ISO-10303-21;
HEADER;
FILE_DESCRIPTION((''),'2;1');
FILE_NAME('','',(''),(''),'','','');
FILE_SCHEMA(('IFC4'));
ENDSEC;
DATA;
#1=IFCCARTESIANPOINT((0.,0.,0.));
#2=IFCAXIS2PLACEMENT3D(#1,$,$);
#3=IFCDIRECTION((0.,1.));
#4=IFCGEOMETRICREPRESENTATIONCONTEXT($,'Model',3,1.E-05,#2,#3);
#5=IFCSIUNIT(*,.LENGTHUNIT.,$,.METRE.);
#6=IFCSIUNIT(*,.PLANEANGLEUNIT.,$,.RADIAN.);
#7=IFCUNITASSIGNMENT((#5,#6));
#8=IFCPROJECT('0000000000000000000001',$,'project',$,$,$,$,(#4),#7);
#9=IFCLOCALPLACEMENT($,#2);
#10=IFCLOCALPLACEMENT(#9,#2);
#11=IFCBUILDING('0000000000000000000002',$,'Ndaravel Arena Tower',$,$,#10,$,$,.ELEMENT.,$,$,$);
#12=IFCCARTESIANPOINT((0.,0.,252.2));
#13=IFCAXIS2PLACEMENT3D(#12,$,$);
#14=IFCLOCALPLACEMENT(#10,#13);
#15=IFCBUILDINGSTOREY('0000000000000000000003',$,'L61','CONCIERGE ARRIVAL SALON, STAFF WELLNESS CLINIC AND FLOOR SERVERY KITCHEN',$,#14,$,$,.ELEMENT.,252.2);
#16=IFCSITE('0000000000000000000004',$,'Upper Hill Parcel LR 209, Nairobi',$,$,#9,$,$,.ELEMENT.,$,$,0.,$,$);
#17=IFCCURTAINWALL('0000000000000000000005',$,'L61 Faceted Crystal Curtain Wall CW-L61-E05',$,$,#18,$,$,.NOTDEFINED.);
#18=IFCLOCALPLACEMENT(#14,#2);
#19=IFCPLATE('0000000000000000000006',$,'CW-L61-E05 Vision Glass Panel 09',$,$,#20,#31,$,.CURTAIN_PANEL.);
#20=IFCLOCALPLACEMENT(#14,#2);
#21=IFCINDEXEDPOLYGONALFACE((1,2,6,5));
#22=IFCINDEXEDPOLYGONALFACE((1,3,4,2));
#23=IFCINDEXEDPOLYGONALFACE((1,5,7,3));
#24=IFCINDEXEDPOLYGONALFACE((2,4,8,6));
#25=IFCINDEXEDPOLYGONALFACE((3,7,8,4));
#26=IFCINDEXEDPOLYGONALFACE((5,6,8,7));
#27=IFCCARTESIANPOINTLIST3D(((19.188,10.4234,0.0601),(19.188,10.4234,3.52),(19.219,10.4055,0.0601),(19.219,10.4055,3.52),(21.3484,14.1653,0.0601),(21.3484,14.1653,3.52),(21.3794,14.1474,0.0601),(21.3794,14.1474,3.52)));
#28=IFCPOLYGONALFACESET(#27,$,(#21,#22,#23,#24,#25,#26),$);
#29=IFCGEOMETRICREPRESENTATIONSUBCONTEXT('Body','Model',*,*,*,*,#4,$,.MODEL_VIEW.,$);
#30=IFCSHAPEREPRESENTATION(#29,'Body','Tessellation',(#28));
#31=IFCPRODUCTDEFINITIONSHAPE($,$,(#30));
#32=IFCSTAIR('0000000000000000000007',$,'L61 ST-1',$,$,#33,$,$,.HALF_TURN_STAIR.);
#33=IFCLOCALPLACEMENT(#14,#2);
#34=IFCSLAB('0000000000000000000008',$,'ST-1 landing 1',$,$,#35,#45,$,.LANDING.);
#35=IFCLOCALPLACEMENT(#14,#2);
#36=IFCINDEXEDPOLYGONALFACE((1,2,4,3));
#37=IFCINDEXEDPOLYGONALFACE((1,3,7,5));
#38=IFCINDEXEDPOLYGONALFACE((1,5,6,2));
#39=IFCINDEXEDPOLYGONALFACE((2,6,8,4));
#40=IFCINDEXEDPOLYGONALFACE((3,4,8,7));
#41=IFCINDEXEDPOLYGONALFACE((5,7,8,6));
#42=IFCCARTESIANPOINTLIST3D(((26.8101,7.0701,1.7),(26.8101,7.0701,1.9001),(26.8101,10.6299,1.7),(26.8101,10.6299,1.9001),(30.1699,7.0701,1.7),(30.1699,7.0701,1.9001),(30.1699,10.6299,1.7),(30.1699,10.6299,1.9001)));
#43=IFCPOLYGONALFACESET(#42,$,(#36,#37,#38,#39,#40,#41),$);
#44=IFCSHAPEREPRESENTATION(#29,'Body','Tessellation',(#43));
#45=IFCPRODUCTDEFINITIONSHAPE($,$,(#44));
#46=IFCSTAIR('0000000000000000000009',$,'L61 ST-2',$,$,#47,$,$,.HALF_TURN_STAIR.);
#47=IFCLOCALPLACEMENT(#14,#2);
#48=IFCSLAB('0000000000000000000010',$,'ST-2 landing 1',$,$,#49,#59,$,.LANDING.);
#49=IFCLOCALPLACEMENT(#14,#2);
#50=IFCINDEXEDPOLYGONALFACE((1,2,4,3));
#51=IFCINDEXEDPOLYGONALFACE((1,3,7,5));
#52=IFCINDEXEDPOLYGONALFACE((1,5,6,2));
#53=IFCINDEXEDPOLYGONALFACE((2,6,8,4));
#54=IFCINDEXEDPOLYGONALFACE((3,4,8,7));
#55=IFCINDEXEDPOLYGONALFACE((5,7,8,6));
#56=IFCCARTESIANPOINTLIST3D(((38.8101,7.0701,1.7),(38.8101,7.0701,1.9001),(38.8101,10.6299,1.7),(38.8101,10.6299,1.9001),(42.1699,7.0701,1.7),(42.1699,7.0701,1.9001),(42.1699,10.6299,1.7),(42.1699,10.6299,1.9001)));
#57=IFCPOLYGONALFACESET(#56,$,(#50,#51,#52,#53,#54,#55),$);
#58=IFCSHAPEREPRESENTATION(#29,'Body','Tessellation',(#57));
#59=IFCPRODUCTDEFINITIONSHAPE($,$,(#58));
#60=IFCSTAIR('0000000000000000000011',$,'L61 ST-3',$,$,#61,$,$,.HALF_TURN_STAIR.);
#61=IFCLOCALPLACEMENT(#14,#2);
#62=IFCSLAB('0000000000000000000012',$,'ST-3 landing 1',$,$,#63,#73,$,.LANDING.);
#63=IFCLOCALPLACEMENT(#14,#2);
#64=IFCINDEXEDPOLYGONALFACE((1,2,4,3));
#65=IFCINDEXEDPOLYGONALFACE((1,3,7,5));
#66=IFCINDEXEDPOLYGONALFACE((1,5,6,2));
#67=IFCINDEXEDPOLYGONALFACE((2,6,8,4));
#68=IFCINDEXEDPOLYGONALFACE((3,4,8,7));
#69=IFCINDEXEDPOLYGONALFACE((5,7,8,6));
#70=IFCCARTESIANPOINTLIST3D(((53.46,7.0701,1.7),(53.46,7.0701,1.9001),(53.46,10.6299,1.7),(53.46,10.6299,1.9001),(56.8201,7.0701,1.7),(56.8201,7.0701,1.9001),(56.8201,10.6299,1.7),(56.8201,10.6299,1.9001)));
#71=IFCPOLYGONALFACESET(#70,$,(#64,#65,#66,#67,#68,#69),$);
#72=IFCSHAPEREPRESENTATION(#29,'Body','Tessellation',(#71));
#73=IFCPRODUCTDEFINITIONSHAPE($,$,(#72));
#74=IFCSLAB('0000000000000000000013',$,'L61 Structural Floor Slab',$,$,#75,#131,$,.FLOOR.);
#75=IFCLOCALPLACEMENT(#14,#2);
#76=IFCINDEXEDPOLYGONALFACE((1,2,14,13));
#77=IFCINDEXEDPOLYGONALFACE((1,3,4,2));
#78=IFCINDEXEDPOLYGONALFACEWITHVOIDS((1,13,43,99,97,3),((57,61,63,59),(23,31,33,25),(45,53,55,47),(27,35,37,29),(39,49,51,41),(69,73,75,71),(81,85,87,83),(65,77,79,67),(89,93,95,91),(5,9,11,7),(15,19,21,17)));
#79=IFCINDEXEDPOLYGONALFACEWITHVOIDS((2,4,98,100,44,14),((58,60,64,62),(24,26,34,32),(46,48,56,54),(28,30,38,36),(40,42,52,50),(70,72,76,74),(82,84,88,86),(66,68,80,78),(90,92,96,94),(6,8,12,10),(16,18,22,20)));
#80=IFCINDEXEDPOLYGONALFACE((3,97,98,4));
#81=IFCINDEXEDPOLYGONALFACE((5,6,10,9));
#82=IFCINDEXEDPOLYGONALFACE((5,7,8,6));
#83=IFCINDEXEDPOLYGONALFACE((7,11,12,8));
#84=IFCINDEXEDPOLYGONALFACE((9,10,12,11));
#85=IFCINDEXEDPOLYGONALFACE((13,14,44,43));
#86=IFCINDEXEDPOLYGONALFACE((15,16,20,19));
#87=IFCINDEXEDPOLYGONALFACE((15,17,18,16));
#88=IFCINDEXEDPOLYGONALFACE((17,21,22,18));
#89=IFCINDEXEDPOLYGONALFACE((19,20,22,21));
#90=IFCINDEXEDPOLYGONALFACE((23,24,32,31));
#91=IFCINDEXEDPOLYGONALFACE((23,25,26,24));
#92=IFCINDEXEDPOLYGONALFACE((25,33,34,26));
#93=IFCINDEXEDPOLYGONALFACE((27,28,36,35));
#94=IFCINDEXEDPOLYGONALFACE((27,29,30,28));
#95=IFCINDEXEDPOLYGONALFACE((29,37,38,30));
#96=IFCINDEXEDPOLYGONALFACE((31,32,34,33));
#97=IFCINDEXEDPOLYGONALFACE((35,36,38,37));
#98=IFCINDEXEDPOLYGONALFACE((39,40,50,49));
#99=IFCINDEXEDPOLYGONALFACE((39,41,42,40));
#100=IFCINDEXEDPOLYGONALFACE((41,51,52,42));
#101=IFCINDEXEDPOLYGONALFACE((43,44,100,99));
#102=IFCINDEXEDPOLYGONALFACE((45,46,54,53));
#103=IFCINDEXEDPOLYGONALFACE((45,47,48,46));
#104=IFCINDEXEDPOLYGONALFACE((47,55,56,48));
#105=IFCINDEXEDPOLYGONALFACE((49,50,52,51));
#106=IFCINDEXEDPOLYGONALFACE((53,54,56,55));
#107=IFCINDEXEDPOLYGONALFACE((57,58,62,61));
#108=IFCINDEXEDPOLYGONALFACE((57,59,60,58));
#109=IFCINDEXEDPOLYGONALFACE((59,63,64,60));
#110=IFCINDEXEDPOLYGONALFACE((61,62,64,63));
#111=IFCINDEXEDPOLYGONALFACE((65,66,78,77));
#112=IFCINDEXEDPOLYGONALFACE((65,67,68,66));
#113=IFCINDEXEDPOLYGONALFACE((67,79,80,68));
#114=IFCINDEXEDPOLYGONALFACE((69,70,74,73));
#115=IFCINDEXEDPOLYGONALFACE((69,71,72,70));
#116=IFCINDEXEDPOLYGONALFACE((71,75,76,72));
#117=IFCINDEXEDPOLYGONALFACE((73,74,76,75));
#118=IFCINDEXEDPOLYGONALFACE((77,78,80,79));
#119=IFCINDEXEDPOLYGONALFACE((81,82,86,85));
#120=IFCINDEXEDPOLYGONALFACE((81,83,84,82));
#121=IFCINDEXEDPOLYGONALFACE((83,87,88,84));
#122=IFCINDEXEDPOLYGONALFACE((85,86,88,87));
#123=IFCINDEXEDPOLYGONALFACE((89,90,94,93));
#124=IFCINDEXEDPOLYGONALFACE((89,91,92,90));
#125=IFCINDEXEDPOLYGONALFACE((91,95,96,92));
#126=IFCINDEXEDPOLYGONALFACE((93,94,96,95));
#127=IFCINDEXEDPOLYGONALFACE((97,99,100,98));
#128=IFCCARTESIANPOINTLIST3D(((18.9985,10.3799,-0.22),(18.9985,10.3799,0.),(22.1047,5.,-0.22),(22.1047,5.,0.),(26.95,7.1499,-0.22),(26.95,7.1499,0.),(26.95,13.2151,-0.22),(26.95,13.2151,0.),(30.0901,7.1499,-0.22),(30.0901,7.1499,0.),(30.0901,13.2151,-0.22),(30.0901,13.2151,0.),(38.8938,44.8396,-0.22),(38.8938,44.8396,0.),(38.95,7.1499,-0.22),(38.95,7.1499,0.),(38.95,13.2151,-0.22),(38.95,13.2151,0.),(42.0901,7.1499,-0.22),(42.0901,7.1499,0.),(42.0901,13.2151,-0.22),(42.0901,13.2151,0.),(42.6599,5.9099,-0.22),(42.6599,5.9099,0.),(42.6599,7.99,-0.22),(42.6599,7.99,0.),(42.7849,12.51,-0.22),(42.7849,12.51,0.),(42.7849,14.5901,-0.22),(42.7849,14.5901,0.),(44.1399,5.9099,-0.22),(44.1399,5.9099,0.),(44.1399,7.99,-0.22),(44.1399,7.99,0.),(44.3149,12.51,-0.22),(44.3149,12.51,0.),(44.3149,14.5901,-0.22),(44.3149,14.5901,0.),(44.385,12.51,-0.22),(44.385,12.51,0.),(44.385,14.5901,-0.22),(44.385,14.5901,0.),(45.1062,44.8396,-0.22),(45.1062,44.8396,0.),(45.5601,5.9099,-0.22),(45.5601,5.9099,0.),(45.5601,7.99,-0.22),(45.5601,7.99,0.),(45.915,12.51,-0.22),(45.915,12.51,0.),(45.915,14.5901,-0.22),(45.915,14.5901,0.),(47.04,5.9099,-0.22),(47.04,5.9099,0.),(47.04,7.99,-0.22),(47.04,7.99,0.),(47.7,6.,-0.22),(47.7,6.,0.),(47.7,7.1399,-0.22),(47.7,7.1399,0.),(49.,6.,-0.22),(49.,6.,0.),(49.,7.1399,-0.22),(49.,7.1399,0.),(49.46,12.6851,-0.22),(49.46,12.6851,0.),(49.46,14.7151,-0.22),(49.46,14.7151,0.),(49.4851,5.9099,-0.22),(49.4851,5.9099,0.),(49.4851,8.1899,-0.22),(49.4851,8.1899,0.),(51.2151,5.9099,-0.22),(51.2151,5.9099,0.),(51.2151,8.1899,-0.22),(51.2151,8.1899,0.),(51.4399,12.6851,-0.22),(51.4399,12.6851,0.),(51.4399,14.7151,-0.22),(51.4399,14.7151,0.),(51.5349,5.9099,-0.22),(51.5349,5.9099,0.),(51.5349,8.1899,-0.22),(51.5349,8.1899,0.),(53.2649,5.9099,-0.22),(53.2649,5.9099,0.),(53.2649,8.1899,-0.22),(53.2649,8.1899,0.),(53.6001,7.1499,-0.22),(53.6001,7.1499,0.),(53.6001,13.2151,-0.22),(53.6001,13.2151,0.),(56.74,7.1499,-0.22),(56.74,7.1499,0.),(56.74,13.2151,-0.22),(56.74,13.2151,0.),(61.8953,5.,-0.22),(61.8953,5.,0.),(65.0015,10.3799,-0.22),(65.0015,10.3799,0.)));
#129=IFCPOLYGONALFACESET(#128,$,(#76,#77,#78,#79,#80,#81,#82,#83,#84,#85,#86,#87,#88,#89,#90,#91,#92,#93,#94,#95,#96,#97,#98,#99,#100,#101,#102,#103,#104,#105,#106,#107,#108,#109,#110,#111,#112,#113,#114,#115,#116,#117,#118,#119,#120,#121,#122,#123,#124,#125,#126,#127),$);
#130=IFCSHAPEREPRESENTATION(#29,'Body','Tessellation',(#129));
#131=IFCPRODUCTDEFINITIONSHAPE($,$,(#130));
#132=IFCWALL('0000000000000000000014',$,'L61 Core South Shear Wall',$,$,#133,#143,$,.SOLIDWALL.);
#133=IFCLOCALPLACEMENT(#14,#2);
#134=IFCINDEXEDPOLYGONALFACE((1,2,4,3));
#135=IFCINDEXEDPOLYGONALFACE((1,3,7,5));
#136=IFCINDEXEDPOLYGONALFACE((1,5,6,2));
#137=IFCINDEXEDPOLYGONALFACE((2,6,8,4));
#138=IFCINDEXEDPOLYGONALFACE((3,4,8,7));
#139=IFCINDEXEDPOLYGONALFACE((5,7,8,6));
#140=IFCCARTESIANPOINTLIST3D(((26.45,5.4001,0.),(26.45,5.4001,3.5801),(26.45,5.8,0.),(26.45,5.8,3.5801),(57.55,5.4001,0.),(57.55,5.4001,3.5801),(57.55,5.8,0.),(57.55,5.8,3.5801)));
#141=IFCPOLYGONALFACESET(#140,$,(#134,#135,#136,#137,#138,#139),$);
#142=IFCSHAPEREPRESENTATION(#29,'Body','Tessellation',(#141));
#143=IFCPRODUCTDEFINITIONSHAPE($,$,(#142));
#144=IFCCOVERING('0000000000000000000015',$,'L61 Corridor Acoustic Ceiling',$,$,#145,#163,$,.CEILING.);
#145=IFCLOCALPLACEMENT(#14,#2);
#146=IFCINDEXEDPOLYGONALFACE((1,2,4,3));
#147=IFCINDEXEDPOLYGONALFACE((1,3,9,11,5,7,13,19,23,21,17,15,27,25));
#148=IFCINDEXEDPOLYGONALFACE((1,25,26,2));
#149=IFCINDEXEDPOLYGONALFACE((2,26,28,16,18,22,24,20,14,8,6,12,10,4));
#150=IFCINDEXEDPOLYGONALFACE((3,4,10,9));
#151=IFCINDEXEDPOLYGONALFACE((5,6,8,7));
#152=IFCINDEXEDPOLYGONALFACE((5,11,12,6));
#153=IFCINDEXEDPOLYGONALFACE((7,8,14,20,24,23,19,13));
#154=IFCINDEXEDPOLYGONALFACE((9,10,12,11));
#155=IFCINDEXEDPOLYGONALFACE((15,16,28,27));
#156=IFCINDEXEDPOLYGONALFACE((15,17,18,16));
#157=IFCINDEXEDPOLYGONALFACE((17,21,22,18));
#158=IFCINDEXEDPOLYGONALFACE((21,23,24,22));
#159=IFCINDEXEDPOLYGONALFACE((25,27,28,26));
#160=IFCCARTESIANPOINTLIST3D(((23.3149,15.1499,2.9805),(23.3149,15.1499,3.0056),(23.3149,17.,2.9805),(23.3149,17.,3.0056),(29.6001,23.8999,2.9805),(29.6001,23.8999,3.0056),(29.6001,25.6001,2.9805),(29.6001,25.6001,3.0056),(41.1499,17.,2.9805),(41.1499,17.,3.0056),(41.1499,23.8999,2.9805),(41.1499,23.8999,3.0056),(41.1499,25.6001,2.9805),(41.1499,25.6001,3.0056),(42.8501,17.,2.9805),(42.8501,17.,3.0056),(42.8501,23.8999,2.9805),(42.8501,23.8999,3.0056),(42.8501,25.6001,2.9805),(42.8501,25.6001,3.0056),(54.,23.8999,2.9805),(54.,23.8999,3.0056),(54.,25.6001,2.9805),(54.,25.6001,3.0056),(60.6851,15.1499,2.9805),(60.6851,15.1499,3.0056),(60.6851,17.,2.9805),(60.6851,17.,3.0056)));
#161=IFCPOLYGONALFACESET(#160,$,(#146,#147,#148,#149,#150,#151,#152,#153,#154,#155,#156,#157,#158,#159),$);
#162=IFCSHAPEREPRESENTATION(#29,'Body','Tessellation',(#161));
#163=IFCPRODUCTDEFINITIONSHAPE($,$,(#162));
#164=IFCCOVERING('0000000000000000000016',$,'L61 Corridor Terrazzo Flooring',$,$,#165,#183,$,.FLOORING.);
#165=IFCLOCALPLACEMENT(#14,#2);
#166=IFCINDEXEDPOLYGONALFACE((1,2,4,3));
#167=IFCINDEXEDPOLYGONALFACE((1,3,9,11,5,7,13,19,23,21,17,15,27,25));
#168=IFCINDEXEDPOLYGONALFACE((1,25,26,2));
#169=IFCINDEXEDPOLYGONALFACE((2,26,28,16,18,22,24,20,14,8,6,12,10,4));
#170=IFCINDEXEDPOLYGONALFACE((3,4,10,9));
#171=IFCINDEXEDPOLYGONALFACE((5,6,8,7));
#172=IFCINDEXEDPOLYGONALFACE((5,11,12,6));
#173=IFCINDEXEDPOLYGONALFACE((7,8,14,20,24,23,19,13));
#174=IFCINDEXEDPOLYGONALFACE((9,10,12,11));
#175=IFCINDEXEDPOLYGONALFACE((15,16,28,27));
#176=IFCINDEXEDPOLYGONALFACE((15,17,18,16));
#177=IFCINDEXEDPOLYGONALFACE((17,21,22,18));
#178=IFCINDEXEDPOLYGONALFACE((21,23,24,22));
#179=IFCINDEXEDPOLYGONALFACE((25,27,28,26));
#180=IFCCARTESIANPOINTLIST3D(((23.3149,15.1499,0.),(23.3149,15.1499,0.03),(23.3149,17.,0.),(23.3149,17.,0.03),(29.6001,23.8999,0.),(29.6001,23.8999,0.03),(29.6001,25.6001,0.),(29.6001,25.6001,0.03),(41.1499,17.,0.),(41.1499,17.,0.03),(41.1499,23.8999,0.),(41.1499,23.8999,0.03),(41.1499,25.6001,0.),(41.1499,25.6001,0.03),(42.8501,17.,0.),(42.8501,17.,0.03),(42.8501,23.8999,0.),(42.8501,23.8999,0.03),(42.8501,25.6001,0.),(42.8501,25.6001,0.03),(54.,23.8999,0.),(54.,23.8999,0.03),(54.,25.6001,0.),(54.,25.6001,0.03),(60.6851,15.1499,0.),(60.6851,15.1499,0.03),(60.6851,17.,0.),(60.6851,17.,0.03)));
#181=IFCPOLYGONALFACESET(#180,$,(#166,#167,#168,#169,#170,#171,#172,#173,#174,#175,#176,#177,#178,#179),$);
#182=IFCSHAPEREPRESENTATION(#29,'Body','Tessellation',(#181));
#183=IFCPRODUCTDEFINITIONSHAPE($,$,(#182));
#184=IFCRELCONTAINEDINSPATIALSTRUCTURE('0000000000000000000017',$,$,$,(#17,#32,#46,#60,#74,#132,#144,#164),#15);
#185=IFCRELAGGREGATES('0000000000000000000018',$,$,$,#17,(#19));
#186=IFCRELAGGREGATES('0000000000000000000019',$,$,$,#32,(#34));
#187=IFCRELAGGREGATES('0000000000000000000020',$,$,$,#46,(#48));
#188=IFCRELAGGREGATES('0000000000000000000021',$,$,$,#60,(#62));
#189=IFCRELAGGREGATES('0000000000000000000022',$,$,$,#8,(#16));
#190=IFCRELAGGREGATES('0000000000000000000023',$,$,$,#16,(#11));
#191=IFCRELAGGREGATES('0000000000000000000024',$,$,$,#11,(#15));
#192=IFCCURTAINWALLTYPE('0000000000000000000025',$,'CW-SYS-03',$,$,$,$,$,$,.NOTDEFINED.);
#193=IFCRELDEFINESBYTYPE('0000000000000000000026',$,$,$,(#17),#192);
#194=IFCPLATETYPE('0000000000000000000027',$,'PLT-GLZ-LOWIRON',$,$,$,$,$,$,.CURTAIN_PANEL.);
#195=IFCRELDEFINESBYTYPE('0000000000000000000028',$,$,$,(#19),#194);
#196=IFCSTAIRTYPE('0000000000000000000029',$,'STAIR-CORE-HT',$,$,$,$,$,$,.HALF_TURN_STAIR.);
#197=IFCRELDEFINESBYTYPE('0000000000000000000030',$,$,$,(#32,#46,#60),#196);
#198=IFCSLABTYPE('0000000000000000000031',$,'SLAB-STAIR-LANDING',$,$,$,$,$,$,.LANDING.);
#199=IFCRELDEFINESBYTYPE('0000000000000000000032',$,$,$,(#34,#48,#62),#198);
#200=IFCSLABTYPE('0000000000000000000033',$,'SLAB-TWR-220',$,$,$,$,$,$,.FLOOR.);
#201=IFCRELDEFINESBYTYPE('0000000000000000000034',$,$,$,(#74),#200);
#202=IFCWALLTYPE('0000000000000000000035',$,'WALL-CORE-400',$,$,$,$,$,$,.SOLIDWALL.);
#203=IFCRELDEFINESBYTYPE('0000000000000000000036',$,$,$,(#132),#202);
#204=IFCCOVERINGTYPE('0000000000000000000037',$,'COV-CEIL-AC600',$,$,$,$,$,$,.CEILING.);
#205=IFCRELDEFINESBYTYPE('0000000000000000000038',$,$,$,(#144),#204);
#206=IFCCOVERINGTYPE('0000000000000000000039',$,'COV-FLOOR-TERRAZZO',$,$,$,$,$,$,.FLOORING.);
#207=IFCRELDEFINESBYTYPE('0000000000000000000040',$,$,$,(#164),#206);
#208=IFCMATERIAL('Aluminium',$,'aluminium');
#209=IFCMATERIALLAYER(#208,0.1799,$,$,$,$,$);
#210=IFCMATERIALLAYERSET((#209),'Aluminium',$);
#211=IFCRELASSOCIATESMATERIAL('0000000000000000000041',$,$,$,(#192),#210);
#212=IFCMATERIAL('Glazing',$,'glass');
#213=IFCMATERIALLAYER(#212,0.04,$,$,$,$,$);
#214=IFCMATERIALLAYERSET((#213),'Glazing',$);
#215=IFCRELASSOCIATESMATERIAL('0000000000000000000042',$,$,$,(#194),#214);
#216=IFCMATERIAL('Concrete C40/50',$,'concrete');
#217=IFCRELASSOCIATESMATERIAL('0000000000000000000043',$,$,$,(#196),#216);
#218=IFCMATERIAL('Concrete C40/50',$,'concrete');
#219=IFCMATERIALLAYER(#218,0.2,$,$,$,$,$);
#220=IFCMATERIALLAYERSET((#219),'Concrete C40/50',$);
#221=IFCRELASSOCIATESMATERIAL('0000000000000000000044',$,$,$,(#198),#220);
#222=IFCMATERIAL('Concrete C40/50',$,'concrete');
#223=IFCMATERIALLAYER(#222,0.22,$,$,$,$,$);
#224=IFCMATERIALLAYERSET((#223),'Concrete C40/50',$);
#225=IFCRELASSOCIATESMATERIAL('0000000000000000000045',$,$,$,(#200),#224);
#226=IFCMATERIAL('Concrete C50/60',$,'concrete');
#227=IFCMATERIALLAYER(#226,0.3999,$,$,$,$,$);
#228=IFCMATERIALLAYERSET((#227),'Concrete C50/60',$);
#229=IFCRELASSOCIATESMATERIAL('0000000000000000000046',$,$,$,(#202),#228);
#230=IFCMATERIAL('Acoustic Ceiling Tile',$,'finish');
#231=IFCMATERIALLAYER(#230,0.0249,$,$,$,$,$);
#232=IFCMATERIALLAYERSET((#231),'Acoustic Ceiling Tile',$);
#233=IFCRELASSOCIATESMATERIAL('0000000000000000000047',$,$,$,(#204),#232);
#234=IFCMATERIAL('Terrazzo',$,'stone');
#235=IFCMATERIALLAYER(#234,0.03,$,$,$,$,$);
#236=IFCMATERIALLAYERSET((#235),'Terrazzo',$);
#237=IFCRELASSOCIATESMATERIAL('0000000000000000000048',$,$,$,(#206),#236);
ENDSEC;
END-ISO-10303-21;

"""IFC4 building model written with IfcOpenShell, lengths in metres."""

from ifc_helpers import new_model, si_unit, direction, frame, frame_2d, origin, origin_2d, place, context, subcontext, project, spatial, polyline, rectangle, outline, extrude, material, layer, layer_set, type_object, element, aggregate, save


model = new_model("IFC4")

# Units and contexts
model_context = context("Model", 3, precision=1e-05, world=origin(), true_north=direction((0.0, 1.0)))
body_context = subcontext(model_context, "Body", "Model", "MODEL_VIEW")
ifc_project = project(units=[si_unit("LENGTHUNIT", "METRE"), si_unit("PLANEANGLEUNIT", "RADIAN")], contexts=[model_context])

# Site, building, storey
site_placement = place(None, origin())
site = spatial("IfcSite", under=ifc_project, at=site_placement, Name="Upper Hill Parcel LR 209, Nairobi", CompositionType="ELEMENT", RefElevation=0.0)
building_placement = place(site_placement, origin())
building = spatial("IfcBuilding", under=site, at=building_placement, Name="Ndaravel Arena Tower", CompositionType="ELEMENT")
storey_placement = place(building_placement, frame((0.0, 0.0, 252.2)))
storey = spatial("IfcBuildingStorey", under=building, at=storey_placement, Name="L61", Description="CONCIERGE ARRIVAL SALON, STAFF WELLNESS CLINIC AND FLOOR SERVERY KITCHEN", CompositionType="ELEMENT", Elevation=252.2)

# Shared definitions
ifc_material_1 = material(Name="Aluminium", Category="aluminium")
ifc_layer_1 = layer(ifc_material_1, 0.1799)
ifc_layer_set_1 = layer_set([ifc_layer_1], Name="Aluminium")
curtain_wall_type_1 = type_object("IfcCurtainWallType", Name="CW-SYS-03", PredefinedType="NOTDEFINED", material=ifc_layer_set_1)

# Shared definitions
ifc_material_2 = material(Name="Glazing", Category="glass")
ifc_layer_2 = layer(ifc_material_2, 0.04)
ifc_layer_set_2 = layer_set([ifc_layer_2], Name="Glazing")
plate_type_1 = type_object("IfcPlateType", Name="PLT-GLZ-LOWIRON", PredefinedType="CURTAIN_PANEL", material=ifc_layer_set_2)

# Curtain wall, plate
curtain_wall_1_placement = place(storey_placement, origin())
curtain_wall_1 = element("IfcCurtainWall", 1, at=curtain_wall_1_placement, inside=storey, type_object=curtain_wall_type_1, Name="L61 Faceted Crystal Curtain Wall CW-L61-E05", PredefinedType="NOTDEFINED")
plate_1_placement = place(storey_placement, frame((20.2837, 12.2854, 0.0601), z_axis=(0.0, 0.0, 1.0), x_axis=(-0.5, -0.866025, 0.0)))
plate_1 = element("IfcPlate", 2, at=plate_1_placement, type_object=plate_type_1, Name="CW-L61-E05 Vision Glass Panel 09", PredefinedType="CURTAIN_PANEL", context=body_context, shape_type="SweptSolid", body=[
    extrude(rectangle(XDim=4.3208, YDim=0.0359, at=origin_2d()), origin(), (0.0, 0.0, 1.0), 3.46),
])
aggregate(curtain_wall_1, [plate_1])

# Stairs, slabs
ifc_material_3 = material(Name="Concrete C40/50", Category="concrete")
stair_type = type_object("IfcStairType", Name="STAIR-CORE-HT", PredefinedType="HALF_TURN_STAIR", material=ifc_material_3)
stair_1_placement = place(storey_placement, origin())
stair_1 = element("IfcStair", 3, at=stair_1_placement, inside=storey, type_object=stair_type, Name="L61 ST-1", PredefinedType="HALF_TURN_STAIR")
ifc_material_4 = material(Name="Concrete C40/50", Category="concrete")
ifc_layer_3 = layer(ifc_material_4, 0.2)
ifc_layer_set_3 = layer_set([ifc_layer_3], Name="Concrete C40/50")
slab_type_1 = type_object("IfcSlabType", Name="SLAB-STAIR-LANDING", PredefinedType="LANDING", material=ifc_layer_set_3)
slab_1_placement = place(storey_placement, frame((0.0, 0.0, 1.7)))
slab_1 = element("IfcSlab", 4, at=slab_1_placement, type_object=slab_type_1, Name="ST-1 landing 1", PredefinedType="LANDING", context=body_context, shape_type="SweptSolid", body=[
    extrude(outline(polyline([(26.8101, 10.6299), (26.8101, 7.0701), (30.1699, 7.0701), (30.1699, 10.6299), (26.8101, 10.6299)])), origin(), (0.0, 0.0, 1.0), 0.2002),
])
aggregate(stair_1, [slab_1])
stair_2_placement = place(storey_placement, origin())
stair_2 = element("IfcStair", 5, at=stair_2_placement, inside=storey, type_object=stair_type, Name="L61 ST-2", PredefinedType="HALF_TURN_STAIR")
slab_2_placement = place(storey_placement, frame((0.0, 0.0, 1.7)))
slab_2 = element("IfcSlab", 6, at=slab_2_placement, type_object=slab_type_1, Name="ST-2 landing 1", PredefinedType="LANDING", context=body_context, shape_type="SweptSolid", body=[
    extrude(outline(polyline([(38.8101, 10.6299), (38.8101, 7.0701), (42.1699, 7.0701), (42.1699, 10.6299), (38.8101, 10.6299)])), origin(), (0.0, 0.0, 1.0), 0.2002),
])
aggregate(stair_2, [slab_2])
stair_3_placement = place(storey_placement, origin())
stair_3 = element("IfcStair", 7, at=stair_3_placement, inside=storey, type_object=stair_type, Name="L61 ST-3", PredefinedType="HALF_TURN_STAIR")
slab_3_placement = place(storey_placement, frame((0.0, 0.0, 1.7)))
slab_3 = element("IfcSlab", 8, at=slab_3_placement, type_object=slab_type_1, Name="ST-3 landing 1", PredefinedType="LANDING", context=body_context, shape_type="SweptSolid", body=[
    extrude(outline(polyline([(53.46, 10.6299), (53.46, 7.0701), (56.8201, 7.0701), (56.8201, 10.6299), (53.46, 10.6299)])), origin(), (0.0, 0.0, 1.0), 0.2002),
])
aggregate(stair_3, [slab_3])

# Slab
ifc_material_5 = material(Name="Concrete C40/50", Category="concrete")
ifc_layer_4 = layer(ifc_material_5, 0.22)
ifc_layer_set_4 = layer_set([ifc_layer_4], Name="Concrete C40/50")
slab_type_2 = type_object("IfcSlabType", Name="SLAB-TWR-220", PredefinedType="FLOOR", material=ifc_layer_set_4)
slab_4_placement = place(storey_placement, frame((0.0, 0.0, -0.22)))
element("IfcSlab", 9, at=slab_4_placement, inside=storey, type_object=slab_type_2, Name="L61 Structural Floor Slab", PredefinedType="FLOOR", context=body_context, shape_type="SweptSolid", body=[
    extrude(outline(polyline([(18.9985, 10.3799), (22.1047, 5.0), (61.8953, 5.0), (65.0015, 10.3799), (45.1062, 44.8396), (38.8938, 44.8396), (18.9985, 10.3799)]), holes=[polyline([(26.95, 13.2151), (26.95, 7.1499), (30.0901, 7.1499), (30.0901, 13.2151), (26.95, 13.2151)]), polyline([(38.95, 13.2151), (38.95, 7.1499), (42.0901, 7.1499), (42.0901, 13.2151), (38.95, 13.2151)]), polyline([(53.6001, 13.2151), (53.6001, 7.1499), (56.74, 7.1499), (56.74, 13.2151), (53.6001, 13.2151)]), polyline([(42.6599, 5.9099), (44.1399, 5.9099), (44.1399, 7.99), (42.6599, 7.99), (42.6599, 5.9099)]), polyline([(45.5601, 5.9099), (47.04, 5.9099), (47.04, 7.99), (45.5601, 7.99), (45.5601, 5.9099)]), polyline([(42.7849, 12.51), (44.3149, 12.51), (44.3149, 14.5901), (42.7849, 14.5901), (42.7849, 12.51)]), polyline([(44.385, 12.51), (45.915, 12.51), (45.915, 14.5901), (44.385, 14.5901), (44.385, 12.51)]), polyline([(49.4851, 5.9099), (51.2151, 5.9099), (51.2151, 8.1899), (49.4851, 8.1899), (49.4851, 5.9099)]), polyline([(51.5349, 5.9099), (53.2649, 5.9099), (53.2649, 8.1899), (51.5349, 8.1899), (51.5349, 5.9099)]), polyline([(49.46, 12.6851), (51.4399, 12.6851), (51.4399, 14.7151), (49.46, 14.7151), (49.46, 12.6851)]), polyline([(47.7, 6.0), (49.0, 6.0), (49.0, 7.1399), (47.7, 7.1399), (47.7, 6.0)])]), origin(), (0.0, 0.0, 1.0), 0.22),
])

# Wall
ifc_material_6 = material(Name="Concrete C50/60", Category="concrete")
ifc_layer_5 = layer(ifc_material_6, 0.3999)
ifc_layer_set_5 = layer_set([ifc_layer_5], Name="Concrete C50/60")
wall_type = type_object("IfcWallType", Name="WALL-CORE-400", PredefinedType="SOLIDWALL", material=ifc_layer_set_5)
wall_placement = place(storey_placement, frame((26.45, 5.6001, 0.0), z_axis=(0.0, 0.0, 1.0), x_axis=(1.0, 0.0, 0.0)))
element("IfcWall", 10, at=wall_placement, inside=storey, type_object=wall_type, Name="L61 Core South Shear Wall", PredefinedType="SOLIDWALL", context=body_context, shape_type="SweptSolid", body=[
    extrude(rectangle(XDim=31.1001, YDim=0.3999, at=frame_2d((15.55, 0.0))), origin(), (0.0, 0.0, 1.0), 3.5801),
])

# Coverings
ifc_material_7 = material(Name="Acoustic Ceiling Tile", Category="finish")
ifc_layer_6 = layer(ifc_material_7, 0.0249)
ifc_layer_set_6 = layer_set([ifc_layer_6], Name="Acoustic Ceiling Tile")
covering_type_1 = type_object("IfcCoveringType", Name="COV-CEIL-AC600", PredefinedType="CEILING", material=ifc_layer_set_6)
covering_1_placement = place(storey_placement, frame((0.0, 0.0, 2.9805)))
element("IfcCovering", 11, at=covering_1_placement, inside=storey, type_object=covering_type_1, Name="L61 Corridor Acoustic Ceiling", PredefinedType="CEILING", context=body_context, shape_type="SweptSolid", body=[
    extrude(outline(polyline([(60.6851, 17.0), (42.8501, 17.0), (42.8501, 23.8999), (54.0, 23.8999), (54.0, 25.6001), (42.8501, 25.6001), (41.1499, 25.6001), (29.6001, 25.6001), (29.6001, 23.8999), (41.1499, 23.8999), (41.1499, 17.0), (23.3149, 17.0), (23.3149, 15.1499), (60.6851, 15.1499), (60.6851, 17.0)])), origin(), (0.0, 0.0, 1.0), 0.0251),
])
ifc_material_8 = material(Name="Terrazzo", Category="stone")
ifc_layer_7 = layer(ifc_material_8, 0.03)
ifc_layer_set_7 = layer_set([ifc_layer_7], Name="Terrazzo")
covering_type_2 = type_object("IfcCoveringType", Name="COV-FLOOR-TERRAZZO", PredefinedType="FLOORING", material=ifc_layer_set_7)
covering_2_placement = place(storey_placement, origin())
element("IfcCovering", 12, at=covering_2_placement, inside=storey, type_object=covering_type_2, Name="L61 Corridor Terrazzo Flooring", PredefinedType="FLOORING", context=body_context, shape_type="SweptSolid", body=[
    extrude(outline(polyline([(60.6851, 17.0), (42.8501, 17.0), (42.8501, 23.8999), (54.0, 23.8999), (54.0, 25.6001), (42.8501, 25.6001), (41.1499, 25.6001), (29.6001, 25.6001), (29.6001, 23.8999), (41.1499, 23.8999), (41.1499, 17.0), (23.3149, 17.0), (23.3149, 15.1499), (60.6851, 15.1499), (60.6851, 17.0)])), origin(), (0.0, 0.0, 1.0), 0.03),
])

save(model, "model.ifc")
